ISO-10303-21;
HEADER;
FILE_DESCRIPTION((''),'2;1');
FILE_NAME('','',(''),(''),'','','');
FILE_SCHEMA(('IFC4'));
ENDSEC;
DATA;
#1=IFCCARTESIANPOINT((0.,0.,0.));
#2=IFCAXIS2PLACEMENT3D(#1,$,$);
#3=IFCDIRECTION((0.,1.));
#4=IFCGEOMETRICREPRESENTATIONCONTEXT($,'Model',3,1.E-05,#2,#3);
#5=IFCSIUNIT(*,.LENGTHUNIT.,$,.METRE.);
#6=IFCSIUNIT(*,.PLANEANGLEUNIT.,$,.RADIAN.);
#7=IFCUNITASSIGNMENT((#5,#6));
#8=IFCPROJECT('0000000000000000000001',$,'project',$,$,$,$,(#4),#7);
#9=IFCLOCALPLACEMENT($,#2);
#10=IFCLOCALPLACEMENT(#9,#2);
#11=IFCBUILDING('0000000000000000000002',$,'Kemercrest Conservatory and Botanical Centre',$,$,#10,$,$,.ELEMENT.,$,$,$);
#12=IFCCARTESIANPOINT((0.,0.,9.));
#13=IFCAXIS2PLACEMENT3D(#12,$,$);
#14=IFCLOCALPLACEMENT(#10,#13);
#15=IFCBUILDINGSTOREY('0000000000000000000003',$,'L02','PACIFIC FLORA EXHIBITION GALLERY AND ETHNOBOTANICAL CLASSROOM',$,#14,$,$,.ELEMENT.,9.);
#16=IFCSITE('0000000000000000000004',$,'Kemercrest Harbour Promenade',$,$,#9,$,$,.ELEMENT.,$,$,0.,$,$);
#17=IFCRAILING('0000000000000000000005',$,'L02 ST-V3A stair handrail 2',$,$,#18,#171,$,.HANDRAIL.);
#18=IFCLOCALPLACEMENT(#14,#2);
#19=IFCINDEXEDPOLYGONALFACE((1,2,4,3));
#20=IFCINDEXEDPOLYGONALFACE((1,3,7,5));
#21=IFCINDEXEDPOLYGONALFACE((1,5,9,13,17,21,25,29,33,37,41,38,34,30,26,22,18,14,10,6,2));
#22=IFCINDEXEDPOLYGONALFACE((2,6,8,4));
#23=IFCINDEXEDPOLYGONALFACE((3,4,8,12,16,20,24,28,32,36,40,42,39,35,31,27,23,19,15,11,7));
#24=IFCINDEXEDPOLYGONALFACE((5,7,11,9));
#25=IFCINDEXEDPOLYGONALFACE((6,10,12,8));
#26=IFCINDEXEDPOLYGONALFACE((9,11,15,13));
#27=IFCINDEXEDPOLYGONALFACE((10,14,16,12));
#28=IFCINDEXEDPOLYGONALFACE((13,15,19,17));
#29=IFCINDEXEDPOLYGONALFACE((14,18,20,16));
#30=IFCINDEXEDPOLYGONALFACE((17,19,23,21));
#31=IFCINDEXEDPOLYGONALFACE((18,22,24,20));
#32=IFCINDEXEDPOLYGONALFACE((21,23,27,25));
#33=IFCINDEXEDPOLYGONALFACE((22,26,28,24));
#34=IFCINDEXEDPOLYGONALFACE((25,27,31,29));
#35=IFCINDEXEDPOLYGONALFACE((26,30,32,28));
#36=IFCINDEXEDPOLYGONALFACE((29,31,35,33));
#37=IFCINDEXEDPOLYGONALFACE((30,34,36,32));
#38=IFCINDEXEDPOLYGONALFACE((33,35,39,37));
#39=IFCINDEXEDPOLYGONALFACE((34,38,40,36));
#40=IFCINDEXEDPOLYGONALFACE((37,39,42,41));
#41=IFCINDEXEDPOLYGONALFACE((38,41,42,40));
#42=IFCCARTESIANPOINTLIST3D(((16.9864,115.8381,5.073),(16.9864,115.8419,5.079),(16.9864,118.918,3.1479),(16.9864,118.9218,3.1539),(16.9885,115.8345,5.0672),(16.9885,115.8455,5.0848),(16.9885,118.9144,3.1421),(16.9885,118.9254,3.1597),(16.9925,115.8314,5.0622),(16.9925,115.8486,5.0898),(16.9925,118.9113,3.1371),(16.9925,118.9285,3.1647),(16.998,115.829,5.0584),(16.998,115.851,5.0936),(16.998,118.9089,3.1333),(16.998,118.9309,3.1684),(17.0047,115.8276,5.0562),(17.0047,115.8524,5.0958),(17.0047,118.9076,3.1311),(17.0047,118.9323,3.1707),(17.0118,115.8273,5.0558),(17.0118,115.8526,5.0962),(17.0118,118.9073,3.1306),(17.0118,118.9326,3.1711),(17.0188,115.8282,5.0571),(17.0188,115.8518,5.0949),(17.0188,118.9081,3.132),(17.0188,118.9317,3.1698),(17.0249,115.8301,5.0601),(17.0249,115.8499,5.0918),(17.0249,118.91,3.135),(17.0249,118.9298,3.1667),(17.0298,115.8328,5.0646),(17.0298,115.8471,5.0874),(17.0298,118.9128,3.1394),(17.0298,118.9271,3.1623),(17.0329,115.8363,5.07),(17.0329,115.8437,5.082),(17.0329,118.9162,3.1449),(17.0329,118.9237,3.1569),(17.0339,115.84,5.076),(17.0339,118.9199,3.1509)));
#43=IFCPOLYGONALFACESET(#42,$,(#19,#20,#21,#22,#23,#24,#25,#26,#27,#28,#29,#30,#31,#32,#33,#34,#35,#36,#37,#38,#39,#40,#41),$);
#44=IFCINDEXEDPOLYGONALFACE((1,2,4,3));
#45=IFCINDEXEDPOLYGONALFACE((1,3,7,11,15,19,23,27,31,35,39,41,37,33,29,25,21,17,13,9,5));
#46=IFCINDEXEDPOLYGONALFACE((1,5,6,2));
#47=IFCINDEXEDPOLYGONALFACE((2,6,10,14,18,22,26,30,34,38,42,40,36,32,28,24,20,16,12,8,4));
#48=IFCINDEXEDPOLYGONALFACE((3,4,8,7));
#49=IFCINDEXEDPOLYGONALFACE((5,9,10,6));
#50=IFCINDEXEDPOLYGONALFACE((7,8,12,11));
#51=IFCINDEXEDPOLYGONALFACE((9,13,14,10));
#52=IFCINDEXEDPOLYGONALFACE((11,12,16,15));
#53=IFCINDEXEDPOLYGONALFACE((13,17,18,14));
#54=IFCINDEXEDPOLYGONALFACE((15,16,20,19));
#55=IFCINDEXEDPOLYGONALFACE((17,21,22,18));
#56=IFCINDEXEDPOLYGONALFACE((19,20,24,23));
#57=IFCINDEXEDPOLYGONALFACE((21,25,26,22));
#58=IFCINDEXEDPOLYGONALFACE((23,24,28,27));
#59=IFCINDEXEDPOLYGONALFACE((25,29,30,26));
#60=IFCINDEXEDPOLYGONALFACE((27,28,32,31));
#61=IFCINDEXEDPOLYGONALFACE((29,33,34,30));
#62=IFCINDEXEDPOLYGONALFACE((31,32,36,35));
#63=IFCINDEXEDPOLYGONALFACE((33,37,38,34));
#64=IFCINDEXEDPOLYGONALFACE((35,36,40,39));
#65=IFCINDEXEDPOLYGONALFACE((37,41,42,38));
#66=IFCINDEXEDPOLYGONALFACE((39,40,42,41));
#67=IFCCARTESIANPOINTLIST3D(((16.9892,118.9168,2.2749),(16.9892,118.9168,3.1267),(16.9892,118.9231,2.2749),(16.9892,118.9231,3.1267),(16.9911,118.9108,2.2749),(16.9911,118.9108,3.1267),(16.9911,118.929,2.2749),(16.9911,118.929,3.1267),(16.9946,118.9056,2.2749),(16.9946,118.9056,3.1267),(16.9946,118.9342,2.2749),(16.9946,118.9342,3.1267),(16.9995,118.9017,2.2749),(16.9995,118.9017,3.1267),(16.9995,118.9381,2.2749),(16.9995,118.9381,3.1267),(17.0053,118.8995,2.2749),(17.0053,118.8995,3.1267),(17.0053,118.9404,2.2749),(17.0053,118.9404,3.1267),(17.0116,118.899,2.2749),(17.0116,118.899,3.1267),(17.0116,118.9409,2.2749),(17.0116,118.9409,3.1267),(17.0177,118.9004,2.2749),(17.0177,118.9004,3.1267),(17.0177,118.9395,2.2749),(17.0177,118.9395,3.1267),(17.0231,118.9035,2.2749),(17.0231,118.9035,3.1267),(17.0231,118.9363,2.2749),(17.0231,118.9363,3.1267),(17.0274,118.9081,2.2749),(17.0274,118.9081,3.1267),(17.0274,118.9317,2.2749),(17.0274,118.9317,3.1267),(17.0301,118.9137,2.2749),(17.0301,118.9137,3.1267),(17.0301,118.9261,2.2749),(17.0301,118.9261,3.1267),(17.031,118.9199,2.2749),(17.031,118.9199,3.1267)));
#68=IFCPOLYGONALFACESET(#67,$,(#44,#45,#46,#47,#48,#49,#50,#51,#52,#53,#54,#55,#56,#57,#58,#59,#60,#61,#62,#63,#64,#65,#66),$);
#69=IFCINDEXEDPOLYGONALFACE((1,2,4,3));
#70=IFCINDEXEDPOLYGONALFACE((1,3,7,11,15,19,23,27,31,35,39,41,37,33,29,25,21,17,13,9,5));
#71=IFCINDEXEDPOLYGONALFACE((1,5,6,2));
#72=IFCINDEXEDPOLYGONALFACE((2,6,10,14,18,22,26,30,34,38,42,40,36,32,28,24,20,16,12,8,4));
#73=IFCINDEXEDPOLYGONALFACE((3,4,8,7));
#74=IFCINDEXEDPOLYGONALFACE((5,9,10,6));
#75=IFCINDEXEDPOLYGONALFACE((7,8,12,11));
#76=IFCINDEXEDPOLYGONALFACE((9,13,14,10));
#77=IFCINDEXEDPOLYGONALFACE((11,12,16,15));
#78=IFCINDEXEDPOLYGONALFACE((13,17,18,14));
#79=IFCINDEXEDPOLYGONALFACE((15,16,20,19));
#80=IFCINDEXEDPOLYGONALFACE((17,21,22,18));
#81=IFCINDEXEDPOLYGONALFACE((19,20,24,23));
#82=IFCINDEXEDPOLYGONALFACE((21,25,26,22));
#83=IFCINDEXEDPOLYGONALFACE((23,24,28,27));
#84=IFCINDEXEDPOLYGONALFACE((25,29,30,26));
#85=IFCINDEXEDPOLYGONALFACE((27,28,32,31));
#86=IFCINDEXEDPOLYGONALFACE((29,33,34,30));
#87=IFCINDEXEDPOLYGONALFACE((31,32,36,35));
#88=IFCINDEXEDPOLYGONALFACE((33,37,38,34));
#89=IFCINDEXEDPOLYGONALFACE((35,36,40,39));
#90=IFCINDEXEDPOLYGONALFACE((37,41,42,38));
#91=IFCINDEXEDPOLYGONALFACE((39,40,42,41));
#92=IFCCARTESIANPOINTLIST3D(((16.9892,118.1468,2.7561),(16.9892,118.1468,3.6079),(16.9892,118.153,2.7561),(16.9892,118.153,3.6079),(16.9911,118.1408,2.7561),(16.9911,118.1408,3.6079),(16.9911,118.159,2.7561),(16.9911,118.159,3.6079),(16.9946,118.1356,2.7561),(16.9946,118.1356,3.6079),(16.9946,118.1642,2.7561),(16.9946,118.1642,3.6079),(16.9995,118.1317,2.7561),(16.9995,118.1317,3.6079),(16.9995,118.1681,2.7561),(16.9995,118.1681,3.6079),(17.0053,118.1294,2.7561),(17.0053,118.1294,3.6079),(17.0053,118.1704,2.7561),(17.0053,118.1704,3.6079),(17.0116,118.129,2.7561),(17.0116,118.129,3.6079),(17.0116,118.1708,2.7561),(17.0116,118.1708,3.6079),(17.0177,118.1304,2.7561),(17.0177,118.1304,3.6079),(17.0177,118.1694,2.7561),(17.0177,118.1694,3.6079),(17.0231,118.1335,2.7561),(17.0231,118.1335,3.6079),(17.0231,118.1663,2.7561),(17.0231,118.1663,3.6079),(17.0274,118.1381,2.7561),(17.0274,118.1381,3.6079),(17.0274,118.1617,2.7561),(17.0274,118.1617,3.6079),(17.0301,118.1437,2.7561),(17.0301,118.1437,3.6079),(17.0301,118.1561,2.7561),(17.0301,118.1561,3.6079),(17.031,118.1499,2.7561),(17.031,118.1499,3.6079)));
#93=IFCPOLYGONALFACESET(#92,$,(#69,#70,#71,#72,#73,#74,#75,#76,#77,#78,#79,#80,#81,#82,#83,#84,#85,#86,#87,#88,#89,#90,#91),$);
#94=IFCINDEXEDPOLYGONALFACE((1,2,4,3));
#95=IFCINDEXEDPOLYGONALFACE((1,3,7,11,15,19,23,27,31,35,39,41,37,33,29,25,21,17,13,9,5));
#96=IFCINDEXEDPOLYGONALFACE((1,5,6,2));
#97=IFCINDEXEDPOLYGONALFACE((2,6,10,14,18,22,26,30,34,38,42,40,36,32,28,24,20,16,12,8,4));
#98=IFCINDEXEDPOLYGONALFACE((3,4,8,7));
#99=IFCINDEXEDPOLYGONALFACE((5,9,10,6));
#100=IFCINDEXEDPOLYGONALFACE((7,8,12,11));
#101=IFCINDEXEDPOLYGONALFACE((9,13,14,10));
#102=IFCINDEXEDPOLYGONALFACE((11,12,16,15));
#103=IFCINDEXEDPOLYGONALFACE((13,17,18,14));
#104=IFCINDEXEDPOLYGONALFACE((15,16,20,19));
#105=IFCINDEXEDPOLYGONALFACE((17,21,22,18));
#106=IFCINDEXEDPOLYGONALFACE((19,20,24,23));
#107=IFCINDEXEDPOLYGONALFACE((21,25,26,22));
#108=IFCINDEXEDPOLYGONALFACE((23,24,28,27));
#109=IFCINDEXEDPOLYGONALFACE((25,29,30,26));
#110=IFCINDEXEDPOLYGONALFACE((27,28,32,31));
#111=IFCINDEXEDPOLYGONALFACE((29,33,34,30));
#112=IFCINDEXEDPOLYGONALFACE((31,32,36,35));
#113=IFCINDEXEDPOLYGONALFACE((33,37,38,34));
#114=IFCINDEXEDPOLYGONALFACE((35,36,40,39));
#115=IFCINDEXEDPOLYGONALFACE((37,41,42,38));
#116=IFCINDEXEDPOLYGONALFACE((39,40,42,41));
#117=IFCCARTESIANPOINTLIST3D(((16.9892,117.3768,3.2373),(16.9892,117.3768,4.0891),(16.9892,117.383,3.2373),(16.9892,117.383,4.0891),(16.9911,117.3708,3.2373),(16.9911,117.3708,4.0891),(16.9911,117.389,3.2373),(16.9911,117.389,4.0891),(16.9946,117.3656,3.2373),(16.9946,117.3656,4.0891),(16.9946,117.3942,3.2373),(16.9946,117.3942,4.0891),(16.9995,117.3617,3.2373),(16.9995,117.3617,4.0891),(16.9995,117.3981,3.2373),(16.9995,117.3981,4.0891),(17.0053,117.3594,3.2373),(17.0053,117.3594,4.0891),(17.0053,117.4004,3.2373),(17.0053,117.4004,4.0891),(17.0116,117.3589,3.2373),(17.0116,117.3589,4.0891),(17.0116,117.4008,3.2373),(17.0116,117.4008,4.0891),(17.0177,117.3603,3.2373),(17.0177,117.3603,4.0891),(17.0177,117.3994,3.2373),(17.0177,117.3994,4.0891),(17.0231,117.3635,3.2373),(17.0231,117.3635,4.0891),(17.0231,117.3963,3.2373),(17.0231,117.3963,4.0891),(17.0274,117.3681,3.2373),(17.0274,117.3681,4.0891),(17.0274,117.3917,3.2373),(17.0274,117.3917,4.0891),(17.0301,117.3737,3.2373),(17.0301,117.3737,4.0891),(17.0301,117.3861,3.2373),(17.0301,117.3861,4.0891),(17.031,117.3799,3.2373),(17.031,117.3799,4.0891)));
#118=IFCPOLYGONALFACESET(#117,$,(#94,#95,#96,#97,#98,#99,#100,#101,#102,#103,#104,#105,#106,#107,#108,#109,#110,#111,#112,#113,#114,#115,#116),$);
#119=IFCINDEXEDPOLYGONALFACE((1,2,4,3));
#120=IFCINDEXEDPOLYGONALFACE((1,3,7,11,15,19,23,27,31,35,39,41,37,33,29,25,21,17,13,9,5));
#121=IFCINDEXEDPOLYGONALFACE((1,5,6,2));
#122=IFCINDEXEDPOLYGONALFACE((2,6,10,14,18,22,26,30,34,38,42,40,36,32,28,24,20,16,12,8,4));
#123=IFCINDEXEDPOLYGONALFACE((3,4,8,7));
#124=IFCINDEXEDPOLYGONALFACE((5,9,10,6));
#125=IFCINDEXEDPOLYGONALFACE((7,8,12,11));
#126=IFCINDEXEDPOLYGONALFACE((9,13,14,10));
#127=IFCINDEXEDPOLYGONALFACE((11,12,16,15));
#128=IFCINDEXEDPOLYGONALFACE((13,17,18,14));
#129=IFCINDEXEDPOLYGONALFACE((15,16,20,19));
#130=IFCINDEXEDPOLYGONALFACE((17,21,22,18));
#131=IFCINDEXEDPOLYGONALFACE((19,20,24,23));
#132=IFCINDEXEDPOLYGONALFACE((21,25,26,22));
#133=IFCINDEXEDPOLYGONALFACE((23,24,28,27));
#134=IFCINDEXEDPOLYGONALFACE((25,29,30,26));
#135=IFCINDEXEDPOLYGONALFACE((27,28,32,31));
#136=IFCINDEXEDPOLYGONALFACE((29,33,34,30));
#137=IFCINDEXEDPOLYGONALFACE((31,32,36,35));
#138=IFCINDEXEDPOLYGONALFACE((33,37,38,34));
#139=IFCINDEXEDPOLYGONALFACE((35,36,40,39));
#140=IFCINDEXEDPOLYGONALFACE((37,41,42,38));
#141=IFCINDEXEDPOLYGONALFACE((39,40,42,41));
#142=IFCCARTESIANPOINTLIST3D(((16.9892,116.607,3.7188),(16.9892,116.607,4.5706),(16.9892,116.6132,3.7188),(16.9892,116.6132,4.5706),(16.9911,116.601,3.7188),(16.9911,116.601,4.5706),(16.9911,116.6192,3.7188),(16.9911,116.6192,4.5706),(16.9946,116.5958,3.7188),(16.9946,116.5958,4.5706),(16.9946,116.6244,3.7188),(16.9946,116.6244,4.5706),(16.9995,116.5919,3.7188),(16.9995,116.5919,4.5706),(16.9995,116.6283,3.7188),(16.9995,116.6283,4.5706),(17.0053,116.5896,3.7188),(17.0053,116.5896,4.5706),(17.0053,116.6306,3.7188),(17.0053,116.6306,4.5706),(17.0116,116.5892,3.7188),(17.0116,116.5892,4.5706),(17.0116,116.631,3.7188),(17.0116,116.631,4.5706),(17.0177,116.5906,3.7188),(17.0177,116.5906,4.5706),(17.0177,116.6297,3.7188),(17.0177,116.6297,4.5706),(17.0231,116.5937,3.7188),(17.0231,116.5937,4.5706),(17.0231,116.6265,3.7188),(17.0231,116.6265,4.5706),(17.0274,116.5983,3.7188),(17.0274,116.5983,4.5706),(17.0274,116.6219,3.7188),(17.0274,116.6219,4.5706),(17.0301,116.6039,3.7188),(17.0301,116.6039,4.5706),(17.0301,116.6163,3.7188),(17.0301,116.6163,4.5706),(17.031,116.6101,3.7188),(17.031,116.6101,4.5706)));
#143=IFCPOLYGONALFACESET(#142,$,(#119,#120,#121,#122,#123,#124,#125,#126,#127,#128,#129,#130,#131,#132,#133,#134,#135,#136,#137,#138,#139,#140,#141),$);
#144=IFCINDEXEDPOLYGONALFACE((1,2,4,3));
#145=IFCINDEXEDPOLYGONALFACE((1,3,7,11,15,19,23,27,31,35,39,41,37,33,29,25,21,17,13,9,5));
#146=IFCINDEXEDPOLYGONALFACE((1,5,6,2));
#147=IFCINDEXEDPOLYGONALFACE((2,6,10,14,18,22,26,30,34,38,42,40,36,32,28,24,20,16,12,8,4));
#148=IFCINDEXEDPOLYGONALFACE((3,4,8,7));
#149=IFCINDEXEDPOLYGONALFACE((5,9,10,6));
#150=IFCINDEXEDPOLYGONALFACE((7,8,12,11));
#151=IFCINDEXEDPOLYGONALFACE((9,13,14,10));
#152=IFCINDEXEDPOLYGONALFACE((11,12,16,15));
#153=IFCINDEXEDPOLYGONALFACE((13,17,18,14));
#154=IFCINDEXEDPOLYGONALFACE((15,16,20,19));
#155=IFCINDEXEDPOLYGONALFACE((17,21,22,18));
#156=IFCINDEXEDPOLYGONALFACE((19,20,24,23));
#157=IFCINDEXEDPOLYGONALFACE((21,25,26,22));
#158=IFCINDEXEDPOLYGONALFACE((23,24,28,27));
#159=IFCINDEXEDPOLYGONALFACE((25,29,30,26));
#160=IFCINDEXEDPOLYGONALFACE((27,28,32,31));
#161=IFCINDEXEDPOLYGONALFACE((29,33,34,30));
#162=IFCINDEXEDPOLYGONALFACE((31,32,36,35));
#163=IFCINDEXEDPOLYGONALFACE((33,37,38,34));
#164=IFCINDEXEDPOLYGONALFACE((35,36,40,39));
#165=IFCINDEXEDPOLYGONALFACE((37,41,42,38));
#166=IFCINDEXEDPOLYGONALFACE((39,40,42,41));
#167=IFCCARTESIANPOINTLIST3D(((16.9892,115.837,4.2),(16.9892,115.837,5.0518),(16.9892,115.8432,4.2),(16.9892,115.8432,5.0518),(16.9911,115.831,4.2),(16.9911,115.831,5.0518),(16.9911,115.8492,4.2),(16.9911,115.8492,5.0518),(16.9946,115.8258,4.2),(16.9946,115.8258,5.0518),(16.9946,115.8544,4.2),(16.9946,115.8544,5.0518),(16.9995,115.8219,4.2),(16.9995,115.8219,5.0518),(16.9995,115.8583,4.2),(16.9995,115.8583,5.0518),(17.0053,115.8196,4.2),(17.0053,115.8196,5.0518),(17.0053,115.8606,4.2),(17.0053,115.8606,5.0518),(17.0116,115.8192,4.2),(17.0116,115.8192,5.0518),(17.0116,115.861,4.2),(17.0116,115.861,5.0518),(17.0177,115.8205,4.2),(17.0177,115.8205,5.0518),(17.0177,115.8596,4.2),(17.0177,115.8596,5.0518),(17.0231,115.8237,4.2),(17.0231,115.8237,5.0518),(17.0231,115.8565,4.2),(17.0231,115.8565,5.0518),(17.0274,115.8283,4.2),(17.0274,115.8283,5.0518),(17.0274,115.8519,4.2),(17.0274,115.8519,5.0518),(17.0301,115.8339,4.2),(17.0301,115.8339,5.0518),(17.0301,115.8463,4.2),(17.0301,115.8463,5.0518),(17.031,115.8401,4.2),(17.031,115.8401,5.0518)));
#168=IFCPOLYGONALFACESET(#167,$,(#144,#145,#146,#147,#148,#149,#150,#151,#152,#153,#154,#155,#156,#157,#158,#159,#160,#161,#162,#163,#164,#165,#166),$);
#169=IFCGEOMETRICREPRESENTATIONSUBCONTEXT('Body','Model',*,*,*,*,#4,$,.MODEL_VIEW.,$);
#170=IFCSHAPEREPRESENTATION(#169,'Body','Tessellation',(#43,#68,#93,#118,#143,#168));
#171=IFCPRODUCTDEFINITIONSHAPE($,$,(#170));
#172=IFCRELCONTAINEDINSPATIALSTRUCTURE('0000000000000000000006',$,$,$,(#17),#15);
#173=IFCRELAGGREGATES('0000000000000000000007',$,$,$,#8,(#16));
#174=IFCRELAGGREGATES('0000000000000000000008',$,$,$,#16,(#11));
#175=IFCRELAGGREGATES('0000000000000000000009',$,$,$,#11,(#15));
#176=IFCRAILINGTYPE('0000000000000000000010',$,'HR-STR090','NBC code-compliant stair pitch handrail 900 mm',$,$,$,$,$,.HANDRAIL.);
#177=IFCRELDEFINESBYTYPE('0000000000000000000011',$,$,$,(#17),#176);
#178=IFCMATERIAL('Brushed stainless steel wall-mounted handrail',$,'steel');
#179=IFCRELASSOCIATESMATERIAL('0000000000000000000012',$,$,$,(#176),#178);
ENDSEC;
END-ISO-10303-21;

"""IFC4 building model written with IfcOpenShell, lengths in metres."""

from ifc_helpers import new_model, si_unit, direction, frame, origin, origin_2d, place, context, subcontext, project, spatial, circle, extrude, material, type_object, element, save


model = new_model("IFC4")

# Units and contexts
model_context = context("Model", 3, precision=1e-05, world=origin(), true_north=direction((0.0, 1.0)))
body_context = subcontext(model_context, "Body", "Model", "MODEL_VIEW")
ifc_project = project(units=[si_unit("LENGTHUNIT", "METRE"), si_unit("PLANEANGLEUNIT", "RADIAN")], contexts=[model_context])

# Site, building, storey
site_placement = place(None, origin())
site = spatial("IfcSite", under=ifc_project, at=site_placement, Name="Kemercrest Harbour Promenade", CompositionType="ELEMENT", RefElevation=0.0)
building_placement = place(site_placement, origin())
building = spatial("IfcBuilding", under=site, at=building_placement, Name="Kemercrest Conservatory and Botanical Centre", CompositionType="ELEMENT")
storey_placement = place(building_placement, frame((0.0, 0.0, 9.0)))
storey = spatial("IfcBuildingStorey", under=building, at=storey_placement, Name="L02", Description="PACIFIC FLORA EXHIBITION GALLERY AND ETHNOBOTANICAL CLASSROOM", CompositionType="ELEMENT", Elevation=9.0)

# Railing
ifc_material_1 = material(Name="Brushed stainless steel wall-mounted handrail", Category="steel")
railing_type_1 = type_object("IfcRailingType", Name="HR-STR090", Description="NBC code-compliant stair pitch handrail 900 mm", PredefinedType="HANDRAIL", material=ifc_material_1)
railing_1_placement = place(storey_placement, frame((17.01, 118.9199, 2.2749)))
element("IfcRailing", 1, at=railing_1_placement, inside=storey, type_object=railing_type_1, Name="L02 ST-V3A stair handrail 2", PredefinedType="HANDRAIL", context=body_context, shape_type="SweptSolid", body=[
    extrude(circle(Radius=0.0239, at=origin_2d()), frame((0.0, 0.0, 0.876), z_axis=(0.0, -0.847979, 0.530029), x_axis=(1.0, 0.0, 0.0)), (0.0, 0.0, 1.0), 3.6321),
    extrude(circle(Radius=0.021, at=origin_2d()), origin(), (0.0, 0.0, 1.0), 0.8518),
    extrude(circle(Radius=0.021, at=origin_2d()), frame((0.0, -0.77, 0.4812)), (0.0, 0.0, 1.0), 0.8518),
    extrude(circle(Radius=0.021, at=origin_2d()), frame((0.0, -1.54, 0.9624)), (0.0, 0.0, 1.0), 0.8518),
    extrude(circle(Radius=0.021, at=origin_2d()), frame((0.0, -2.3098, 1.4438)), (0.0, 0.0, 1.0), 0.8518),
    extrude(circle(Radius=0.021, at=origin_2d()), frame((0.0, -3.0798, 1.925)), (0.0, 0.0, 1.0), 0.8518),
])

save(model, "model.ifc")
